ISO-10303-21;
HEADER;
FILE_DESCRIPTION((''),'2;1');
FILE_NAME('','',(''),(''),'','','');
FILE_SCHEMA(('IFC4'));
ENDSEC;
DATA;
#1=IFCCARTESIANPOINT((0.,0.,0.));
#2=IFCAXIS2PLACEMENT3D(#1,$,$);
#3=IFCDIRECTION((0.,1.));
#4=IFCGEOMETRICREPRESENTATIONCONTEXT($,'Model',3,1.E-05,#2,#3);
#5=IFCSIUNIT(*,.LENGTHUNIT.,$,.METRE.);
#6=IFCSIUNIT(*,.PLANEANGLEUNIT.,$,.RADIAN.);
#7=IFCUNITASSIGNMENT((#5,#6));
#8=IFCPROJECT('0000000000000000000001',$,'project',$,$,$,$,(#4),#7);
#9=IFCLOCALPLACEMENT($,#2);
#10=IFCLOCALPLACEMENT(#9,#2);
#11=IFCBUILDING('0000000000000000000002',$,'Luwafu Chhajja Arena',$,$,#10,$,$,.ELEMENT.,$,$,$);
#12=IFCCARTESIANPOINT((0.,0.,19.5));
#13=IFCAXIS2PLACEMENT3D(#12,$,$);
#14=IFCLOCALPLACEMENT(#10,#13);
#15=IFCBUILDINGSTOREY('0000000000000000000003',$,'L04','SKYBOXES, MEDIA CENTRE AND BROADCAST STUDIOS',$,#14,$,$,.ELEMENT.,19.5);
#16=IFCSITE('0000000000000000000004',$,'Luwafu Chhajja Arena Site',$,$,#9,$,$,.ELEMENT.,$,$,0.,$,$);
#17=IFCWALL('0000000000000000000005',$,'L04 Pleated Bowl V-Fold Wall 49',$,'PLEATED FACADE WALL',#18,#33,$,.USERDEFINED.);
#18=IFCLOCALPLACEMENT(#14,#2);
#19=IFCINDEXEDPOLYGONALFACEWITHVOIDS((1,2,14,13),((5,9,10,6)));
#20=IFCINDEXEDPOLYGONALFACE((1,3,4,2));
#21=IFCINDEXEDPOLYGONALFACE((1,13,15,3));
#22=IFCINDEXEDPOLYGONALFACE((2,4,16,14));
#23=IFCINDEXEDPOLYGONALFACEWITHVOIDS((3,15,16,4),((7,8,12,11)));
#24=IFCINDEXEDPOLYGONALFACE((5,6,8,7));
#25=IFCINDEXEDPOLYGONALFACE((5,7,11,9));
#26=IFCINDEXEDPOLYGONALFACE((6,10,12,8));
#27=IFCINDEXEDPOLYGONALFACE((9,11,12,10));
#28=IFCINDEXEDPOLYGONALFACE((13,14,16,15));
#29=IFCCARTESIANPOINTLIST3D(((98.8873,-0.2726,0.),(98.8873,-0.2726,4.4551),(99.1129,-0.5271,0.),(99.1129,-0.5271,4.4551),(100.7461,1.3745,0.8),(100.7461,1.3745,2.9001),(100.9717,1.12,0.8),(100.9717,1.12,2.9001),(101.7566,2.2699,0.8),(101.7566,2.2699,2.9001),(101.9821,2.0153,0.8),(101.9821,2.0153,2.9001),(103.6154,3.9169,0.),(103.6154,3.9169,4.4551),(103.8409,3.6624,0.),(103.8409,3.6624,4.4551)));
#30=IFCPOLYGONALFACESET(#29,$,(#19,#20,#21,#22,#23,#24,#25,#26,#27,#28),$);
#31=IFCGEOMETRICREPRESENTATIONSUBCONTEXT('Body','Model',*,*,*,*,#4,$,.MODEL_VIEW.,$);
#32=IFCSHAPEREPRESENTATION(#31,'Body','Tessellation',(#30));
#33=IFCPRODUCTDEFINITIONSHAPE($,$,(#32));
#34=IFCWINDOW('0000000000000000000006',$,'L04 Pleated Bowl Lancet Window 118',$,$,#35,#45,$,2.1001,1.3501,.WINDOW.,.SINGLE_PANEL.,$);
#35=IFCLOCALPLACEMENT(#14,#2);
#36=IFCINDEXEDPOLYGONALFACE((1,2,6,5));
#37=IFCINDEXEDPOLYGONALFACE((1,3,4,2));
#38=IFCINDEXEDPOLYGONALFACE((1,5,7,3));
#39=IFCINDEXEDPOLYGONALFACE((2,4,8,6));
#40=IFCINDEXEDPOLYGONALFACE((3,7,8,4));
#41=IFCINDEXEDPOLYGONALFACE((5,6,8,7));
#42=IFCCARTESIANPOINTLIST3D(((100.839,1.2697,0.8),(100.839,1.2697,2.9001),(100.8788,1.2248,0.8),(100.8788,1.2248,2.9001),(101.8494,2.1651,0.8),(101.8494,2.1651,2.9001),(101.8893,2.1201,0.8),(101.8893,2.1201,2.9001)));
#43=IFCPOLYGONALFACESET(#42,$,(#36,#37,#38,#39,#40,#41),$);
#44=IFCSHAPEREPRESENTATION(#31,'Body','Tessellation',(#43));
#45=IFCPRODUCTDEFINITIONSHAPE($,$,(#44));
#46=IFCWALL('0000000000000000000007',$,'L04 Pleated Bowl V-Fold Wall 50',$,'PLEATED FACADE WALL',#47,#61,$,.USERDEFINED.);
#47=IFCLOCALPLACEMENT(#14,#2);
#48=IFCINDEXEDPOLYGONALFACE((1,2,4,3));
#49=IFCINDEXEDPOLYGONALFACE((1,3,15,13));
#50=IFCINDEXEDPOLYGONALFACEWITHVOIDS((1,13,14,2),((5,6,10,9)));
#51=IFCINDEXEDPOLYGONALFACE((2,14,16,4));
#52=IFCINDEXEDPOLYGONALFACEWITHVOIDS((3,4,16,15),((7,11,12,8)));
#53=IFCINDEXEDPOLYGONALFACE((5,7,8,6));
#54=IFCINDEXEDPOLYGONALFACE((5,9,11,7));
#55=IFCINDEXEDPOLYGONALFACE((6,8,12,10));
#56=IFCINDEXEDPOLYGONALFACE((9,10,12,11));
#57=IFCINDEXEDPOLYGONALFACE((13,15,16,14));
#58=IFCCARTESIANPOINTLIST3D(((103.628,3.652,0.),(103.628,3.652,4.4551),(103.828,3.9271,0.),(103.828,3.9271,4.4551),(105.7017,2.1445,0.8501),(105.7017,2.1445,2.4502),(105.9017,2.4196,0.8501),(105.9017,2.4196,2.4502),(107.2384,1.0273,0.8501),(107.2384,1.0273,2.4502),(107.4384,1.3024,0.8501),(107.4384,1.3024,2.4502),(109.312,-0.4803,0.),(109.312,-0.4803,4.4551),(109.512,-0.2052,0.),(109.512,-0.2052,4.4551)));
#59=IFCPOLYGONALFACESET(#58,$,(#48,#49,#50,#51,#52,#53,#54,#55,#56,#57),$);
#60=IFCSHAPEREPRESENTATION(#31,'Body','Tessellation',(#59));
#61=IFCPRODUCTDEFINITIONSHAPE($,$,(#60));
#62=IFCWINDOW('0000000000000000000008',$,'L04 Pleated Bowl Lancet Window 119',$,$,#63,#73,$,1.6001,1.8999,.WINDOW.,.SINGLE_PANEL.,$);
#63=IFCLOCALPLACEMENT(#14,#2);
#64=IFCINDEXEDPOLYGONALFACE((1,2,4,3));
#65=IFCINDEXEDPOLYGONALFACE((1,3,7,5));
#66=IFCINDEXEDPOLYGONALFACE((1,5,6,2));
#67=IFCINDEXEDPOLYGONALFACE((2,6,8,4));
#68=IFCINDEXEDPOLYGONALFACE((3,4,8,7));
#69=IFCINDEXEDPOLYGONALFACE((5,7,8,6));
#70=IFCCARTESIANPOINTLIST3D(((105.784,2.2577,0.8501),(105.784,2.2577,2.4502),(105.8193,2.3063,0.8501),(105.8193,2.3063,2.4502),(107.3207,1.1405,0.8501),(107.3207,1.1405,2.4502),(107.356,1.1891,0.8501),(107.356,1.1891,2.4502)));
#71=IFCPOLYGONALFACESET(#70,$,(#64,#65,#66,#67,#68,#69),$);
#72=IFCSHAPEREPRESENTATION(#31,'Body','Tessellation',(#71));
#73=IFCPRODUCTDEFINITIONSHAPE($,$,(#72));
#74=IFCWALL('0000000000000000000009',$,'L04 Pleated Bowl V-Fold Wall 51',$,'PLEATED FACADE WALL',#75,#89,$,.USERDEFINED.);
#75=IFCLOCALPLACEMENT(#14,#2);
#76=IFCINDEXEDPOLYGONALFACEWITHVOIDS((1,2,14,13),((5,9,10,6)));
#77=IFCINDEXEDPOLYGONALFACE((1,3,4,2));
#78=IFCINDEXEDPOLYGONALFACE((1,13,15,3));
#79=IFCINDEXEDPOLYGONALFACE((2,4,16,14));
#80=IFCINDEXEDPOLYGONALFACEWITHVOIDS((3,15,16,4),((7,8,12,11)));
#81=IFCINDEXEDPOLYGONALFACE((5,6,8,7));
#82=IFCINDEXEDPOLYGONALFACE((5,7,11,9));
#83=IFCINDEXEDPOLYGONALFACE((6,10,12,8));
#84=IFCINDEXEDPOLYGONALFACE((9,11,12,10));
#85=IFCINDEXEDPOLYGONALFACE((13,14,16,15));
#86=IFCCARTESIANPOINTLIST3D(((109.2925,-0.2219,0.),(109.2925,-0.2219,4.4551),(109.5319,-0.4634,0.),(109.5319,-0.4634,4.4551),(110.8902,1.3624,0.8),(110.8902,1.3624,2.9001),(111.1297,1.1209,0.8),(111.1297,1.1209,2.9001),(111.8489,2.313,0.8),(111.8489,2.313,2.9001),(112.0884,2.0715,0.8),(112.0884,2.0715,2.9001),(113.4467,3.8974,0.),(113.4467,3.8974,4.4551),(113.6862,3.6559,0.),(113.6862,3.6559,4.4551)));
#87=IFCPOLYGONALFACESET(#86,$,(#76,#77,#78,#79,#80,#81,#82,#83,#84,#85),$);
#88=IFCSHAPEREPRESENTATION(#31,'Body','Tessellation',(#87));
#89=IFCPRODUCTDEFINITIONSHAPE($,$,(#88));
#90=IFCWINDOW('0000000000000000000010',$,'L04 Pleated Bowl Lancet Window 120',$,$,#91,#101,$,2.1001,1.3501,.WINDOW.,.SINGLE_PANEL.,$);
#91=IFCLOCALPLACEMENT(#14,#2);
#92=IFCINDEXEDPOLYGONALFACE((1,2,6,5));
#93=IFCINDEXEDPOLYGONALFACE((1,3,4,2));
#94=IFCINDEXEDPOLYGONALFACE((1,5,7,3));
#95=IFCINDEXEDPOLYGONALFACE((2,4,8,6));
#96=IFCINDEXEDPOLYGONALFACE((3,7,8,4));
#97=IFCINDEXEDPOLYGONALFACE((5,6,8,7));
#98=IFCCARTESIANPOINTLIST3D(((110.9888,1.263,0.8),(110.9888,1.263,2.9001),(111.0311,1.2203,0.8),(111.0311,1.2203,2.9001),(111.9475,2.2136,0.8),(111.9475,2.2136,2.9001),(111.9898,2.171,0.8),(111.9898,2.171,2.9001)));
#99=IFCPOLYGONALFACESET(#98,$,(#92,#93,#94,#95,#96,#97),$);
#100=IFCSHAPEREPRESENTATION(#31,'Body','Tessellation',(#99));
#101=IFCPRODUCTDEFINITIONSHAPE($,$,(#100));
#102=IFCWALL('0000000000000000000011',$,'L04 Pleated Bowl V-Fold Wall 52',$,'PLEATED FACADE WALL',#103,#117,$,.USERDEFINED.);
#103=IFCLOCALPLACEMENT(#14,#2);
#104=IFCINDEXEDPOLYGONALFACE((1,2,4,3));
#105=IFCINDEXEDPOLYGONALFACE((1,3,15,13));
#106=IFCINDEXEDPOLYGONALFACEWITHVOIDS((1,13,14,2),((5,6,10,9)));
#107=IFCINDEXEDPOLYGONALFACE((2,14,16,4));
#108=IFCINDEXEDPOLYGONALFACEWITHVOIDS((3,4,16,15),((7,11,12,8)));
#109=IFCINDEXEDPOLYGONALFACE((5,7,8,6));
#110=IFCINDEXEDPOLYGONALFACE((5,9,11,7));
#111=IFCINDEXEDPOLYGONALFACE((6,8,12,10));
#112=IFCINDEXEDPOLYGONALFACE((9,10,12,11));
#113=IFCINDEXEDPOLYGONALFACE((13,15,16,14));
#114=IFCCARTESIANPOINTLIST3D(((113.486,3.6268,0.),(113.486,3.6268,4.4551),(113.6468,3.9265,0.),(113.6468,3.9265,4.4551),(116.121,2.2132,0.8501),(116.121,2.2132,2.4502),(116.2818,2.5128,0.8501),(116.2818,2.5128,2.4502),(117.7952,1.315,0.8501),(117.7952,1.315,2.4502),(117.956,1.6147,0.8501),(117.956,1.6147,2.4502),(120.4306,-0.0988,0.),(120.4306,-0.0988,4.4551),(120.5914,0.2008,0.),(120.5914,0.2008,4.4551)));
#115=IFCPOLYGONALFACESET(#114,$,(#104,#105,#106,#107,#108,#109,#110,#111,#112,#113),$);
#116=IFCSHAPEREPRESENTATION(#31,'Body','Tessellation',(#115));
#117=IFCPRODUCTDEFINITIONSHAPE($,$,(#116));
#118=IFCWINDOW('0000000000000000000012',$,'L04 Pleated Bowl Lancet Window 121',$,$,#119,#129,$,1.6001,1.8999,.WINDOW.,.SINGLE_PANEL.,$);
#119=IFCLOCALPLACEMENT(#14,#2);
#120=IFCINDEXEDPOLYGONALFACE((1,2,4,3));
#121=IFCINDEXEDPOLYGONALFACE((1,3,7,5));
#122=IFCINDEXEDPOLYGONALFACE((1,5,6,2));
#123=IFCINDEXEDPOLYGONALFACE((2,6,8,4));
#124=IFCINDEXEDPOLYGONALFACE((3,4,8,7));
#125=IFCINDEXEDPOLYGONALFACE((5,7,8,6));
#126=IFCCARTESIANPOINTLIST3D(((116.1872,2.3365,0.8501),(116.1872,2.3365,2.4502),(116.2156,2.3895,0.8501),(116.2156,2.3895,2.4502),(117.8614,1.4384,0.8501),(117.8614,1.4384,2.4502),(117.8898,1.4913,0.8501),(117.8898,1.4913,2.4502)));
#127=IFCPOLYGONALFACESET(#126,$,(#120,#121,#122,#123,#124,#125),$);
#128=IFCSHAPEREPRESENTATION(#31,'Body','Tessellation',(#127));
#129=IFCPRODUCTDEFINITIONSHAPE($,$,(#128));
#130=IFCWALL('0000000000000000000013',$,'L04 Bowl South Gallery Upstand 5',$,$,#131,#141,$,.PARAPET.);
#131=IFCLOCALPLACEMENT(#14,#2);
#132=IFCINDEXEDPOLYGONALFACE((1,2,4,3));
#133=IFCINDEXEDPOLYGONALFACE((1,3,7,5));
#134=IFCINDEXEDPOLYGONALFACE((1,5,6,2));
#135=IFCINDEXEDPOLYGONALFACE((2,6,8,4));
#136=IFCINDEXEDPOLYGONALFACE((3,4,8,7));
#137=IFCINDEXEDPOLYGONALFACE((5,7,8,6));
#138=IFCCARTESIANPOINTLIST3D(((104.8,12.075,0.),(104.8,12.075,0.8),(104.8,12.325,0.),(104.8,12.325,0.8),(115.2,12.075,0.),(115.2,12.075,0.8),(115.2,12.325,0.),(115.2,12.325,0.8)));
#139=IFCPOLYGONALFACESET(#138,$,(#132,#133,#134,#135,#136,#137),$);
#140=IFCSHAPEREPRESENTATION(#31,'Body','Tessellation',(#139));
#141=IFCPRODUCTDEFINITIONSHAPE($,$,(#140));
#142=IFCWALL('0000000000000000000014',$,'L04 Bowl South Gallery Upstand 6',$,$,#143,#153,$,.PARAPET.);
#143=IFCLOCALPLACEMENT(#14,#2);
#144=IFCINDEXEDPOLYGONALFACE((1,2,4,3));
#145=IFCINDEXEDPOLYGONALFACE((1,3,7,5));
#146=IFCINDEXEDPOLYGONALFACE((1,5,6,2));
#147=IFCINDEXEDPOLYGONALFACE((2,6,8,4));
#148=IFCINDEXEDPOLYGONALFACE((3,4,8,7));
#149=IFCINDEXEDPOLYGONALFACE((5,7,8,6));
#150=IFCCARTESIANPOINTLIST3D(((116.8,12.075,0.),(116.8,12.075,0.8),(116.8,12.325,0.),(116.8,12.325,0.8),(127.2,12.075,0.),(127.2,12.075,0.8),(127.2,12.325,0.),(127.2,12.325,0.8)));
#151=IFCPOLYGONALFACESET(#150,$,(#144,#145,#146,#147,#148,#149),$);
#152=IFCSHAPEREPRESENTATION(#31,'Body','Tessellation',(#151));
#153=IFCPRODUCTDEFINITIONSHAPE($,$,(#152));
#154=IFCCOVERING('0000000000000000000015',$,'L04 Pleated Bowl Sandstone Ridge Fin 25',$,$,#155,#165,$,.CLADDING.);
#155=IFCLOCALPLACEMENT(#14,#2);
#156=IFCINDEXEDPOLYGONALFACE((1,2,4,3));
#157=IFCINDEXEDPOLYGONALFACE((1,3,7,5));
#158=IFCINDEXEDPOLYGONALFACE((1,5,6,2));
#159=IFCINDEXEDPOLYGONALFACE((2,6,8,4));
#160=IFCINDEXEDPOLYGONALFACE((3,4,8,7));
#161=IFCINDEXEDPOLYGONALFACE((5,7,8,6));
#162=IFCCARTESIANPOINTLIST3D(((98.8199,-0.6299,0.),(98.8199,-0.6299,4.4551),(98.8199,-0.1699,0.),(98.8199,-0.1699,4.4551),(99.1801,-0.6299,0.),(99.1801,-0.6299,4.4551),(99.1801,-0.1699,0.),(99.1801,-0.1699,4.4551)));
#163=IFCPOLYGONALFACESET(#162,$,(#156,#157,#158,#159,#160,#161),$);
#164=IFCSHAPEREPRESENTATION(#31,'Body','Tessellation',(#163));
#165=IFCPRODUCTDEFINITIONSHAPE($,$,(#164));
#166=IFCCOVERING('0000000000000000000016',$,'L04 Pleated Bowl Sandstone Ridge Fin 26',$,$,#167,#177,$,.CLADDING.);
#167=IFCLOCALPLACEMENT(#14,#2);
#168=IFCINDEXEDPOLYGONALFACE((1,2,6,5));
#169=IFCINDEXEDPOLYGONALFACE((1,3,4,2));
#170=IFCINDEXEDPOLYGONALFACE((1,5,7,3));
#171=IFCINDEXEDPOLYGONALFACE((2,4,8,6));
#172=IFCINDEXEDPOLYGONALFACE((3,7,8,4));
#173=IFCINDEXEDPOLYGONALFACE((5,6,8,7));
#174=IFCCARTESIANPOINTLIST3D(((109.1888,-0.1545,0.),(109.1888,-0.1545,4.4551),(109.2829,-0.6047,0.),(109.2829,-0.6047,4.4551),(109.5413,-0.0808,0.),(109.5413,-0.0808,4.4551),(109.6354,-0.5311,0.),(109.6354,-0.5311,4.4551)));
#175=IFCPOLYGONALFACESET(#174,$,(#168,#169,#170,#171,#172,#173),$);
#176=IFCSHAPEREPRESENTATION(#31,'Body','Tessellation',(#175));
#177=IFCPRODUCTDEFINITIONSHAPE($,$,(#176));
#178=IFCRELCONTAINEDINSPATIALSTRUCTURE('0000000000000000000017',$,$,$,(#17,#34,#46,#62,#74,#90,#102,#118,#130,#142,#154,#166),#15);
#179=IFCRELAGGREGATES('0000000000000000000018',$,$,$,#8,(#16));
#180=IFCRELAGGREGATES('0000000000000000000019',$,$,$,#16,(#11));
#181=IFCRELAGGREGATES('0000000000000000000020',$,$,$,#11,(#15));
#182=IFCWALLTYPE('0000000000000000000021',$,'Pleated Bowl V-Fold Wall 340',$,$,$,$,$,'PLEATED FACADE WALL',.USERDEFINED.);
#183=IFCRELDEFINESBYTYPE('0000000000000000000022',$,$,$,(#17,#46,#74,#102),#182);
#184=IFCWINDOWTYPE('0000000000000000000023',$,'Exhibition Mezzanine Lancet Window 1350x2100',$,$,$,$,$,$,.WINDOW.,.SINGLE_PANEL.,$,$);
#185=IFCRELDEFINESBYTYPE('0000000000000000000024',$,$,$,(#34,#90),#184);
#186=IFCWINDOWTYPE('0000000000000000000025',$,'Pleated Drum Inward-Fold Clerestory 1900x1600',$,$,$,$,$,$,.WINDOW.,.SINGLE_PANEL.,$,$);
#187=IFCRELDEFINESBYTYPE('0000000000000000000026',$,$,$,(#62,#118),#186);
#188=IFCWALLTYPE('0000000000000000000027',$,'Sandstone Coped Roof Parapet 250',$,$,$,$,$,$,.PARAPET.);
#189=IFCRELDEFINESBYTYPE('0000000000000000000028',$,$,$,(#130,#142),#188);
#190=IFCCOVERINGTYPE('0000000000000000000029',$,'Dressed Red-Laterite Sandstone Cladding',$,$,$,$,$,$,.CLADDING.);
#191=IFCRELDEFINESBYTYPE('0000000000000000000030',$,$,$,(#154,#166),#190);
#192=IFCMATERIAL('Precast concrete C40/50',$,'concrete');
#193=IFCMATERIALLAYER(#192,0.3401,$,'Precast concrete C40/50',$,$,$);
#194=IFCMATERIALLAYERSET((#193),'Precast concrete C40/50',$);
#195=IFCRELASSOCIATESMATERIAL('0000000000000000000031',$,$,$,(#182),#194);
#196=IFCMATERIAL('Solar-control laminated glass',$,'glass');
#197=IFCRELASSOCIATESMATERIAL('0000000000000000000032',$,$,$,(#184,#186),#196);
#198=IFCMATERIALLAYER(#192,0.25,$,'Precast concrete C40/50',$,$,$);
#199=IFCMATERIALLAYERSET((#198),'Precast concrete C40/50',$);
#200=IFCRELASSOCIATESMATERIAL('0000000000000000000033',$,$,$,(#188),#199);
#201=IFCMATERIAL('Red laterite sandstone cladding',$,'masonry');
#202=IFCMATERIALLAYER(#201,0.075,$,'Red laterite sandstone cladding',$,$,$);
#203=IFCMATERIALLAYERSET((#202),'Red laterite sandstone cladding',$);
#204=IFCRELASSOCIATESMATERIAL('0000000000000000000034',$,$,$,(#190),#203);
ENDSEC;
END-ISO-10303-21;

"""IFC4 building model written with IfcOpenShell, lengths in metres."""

from ifc_helpers import new_model, si_unit, direction, frame, frame_2d, origin, origin_2d, place, context, subcontext, project, spatial, rectangle, extrude, material, layer, layer_set, type_object, element, fill, save


model = new_model("IFC4")

# Units and contexts
model_context = context("Model", 3, precision=1e-05, world=origin(), true_north=direction((0.0, 1.0)))
body_context = subcontext(model_context, "Body", "Model", "MODEL_VIEW")
ifc_project = project(units=[si_unit("LENGTHUNIT", "METRE"), si_unit("PLANEANGLEUNIT", "RADIAN")], contexts=[model_context])

# Site, building, storey
site_placement = place(None, origin())
site = spatial("IfcSite", under=ifc_project, at=site_placement, Name="Luwafu Chhajja Arena Site", CompositionType="ELEMENT", RefElevation=0.0)
building_placement = place(site_placement, origin())
building = spatial("IfcBuilding", under=site, at=building_placement, Name="Luwafu Chhajja Arena", CompositionType="ELEMENT")
storey_placement = place(building_placement, frame((0.0, 0.0, 19.5)))
storey = spatial("IfcBuildingStorey", under=building, at=storey_placement, Name="L04", Description="SKYBOXES, MEDIA CENTRE AND BROADCAST STUDIOS", CompositionType="ELEMENT", Elevation=19.5)

# Walls, openings, windows
ifc_material_1 = material(Name="Precast concrete C40/50", Category="concrete")
ifc_layer_1 = layer(ifc_material_1, 0.3401, Name="Precast concrete C40/50")
ifc_layer_set_1 = layer_set([ifc_layer_1], Name="Precast concrete C40/50")
wall_type_1 = type_object("IfcWallType", Name="Pleated Bowl V-Fold Wall 340", ElementType="PLEATED FACADE WALL", PredefinedType="USERDEFINED", material=ifc_layer_set_1)
wall_1_placement = place(storey_placement, frame((99.0, -0.3999, 0.0), z_axis=(0.0, 0.0, 1.0), x_axis=(0.748449, 0.663192, 0.0)))
wall_1 = element("IfcWall", 1, at=wall_1_placement, inside=storey, type_object=wall_type_1, Name="L04 Pleated Bowl V-Fold Wall 49", ObjectType="PLEATED FACADE WALL", PredefinedType="USERDEFINED", context=body_context, shape_type="SweptSolid", body=[
    extrude(rectangle(XDim=6.3171, YDim=0.3401, at=frame_2d((3.1587, 0.0))), origin(), (0.0, 0.0, 1.0), 4.4551),
])
opening_1_placement = place(wall_1_placement, frame((2.4836, 0.0, 0.8)))
opening_1 = element("IfcOpeningElement", 2, at=opening_1_placement, cuts=wall_1, PredefinedType="OPENING", context=body_context, shape_type="SweptSolid", body=[
    extrude(rectangle(XDim=1.3501, YDim=2.1001, at=frame_2d((0.675, 1.05))), frame((0.0, 0.1799, 0.0), z_axis=(0.0, -1.0, 0.0), x_axis=(1.0, 0.0, 0.0)), (0.0, 0.0, 1.0), 0.3601),
])
ifc_material_2 = material(Name="Solar-control laminated glass", Category="glass")
window_type_1 = type_object("IfcWindowType", Name="Exhibition Mezzanine Lancet Window 1350x2100", PartitioningType="SINGLE_PANEL", PredefinedType="WINDOW", material=ifc_material_2)
window_1_placement = place(opening_1_placement, origin())
window_1 = element("IfcWindow", 3, at=window_1_placement, inside=storey, type_object=window_type_1, Name="L04 Pleated Bowl Lancet Window 118", OverallHeight=2.1001, OverallWidth=1.3501, PartitioningType="SINGLE_PANEL", PredefinedType="WINDOW", context=body_context, shape_type="SweptSolid", body=[
    extrude(rectangle(XDim=1.3501, YDim=2.1001, at=frame_2d((0.675, 1.05))), frame((0.0, 0.03, 0.0), z_axis=(0.0, -1.0, 0.0), x_axis=(1.0, 0.0, 0.0)), (0.0, 0.0, 1.0), 0.0601),
])
fill(opening_1, window_1)
wall_2_placement = place(storey_placement, frame((103.728, 3.7896, 0.0), z_axis=(0.0, 0.0, 1.0), x_axis=(0.808841, -0.588027, 0.0)))
wall_2 = element("IfcWall", 4, at=wall_2_placement, inside=storey, type_object=wall_type_1, Name="L04 Pleated Bowl V-Fold Wall 50", ObjectType="PLEATED FACADE WALL", PredefinedType="USERDEFINED", context=body_context, shape_type="SweptSolid", body=[
    extrude(rectangle(XDim=7.0273, YDim=0.3401, at=frame_2d((3.5137, 0.0))), origin(), (0.0, 0.0, 1.0), 4.4551),
])
opening_2_placement = place(wall_2_placement, frame((2.5637, 0.0, 0.8501)))
opening_2 = element("IfcOpeningElement", 5, at=opening_2_placement, cuts=wall_2, PredefinedType="OPENING", context=body_context, shape_type="SweptSolid", body=[
    extrude(rectangle(XDim=1.8999, YDim=1.6001, at=frame_2d((0.95, 0.8))), frame((0.0, 0.1799, 0.0), z_axis=(0.0, -1.0, 0.0), x_axis=(1.0, 0.0, 0.0)), (0.0, 0.0, 1.0), 0.3601),
])
window_type_2 = type_object("IfcWindowType", Name="Pleated Drum Inward-Fold Clerestory 1900x1600", PartitioningType="SINGLE_PANEL", PredefinedType="WINDOW", material=ifc_material_2)
window_2_placement = place(opening_2_placement, origin())
window_2 = element("IfcWindow", 6, at=window_2_placement, inside=storey, type_object=window_type_2, Name="L04 Pleated Bowl Lancet Window 119", OverallHeight=1.6001, OverallWidth=1.8999, PartitioningType="SINGLE_PANEL", PredefinedType="WINDOW", context=body_context, shape_type="SweptSolid", body=[
    extrude(rectangle(XDim=1.8999, YDim=1.6001, at=frame_2d((0.95, 0.8))), frame((0.0, 0.03, 0.0), z_axis=(0.0, -1.0, 0.0), x_axis=(1.0, 0.0, 0.0)), (0.0, 0.0, 1.0), 0.0601),
])
fill(opening_2, window_2)
wall_3_placement = place(storey_placement, frame((109.4121, -0.3428, 0.0), z_axis=(0.0, 0.0, 1.0), x_axis=(0.710084, 0.704117, 0.0)))
wall_3 = element("IfcWall", 7, at=wall_3_placement, inside=storey, type_object=wall_type_1, Name="L04 Pleated Bowl V-Fold Wall 51", ObjectType="PLEATED FACADE WALL", PredefinedType="USERDEFINED", context=body_context, shape_type="SweptSolid", body=[
    extrude(rectangle(XDim=5.8503, YDim=0.3401, at=frame_2d((2.9253, 0.0))), origin(), (0.0, 0.0, 1.0), 4.4551),
])
opening_3_placement = place(wall_3_placement, frame((2.2502, 0.0, 0.8)))
opening_3 = element("IfcOpeningElement", 8, at=opening_3_placement, cuts=wall_3, PredefinedType="OPENING", context=body_context, shape_type="SweptSolid", body=[
    extrude(rectangle(XDim=1.3501, YDim=2.1001, at=frame_2d((0.675, 1.05))), frame((0.0, 0.1799, 0.0), z_axis=(0.0, -1.0, 0.0), x_axis=(1.0, 0.0, 0.0)), (0.0, 0.0, 1.0), 0.3601),
])
window_3_placement = place(opening_3_placement, origin())
window_3 = element("IfcWindow", 9, at=window_3_placement, inside=storey, type_object=window_type_1, Name="L04 Pleated Bowl Lancet Window 120", OverallHeight=2.1001, OverallWidth=1.3501, PartitioningType="SINGLE_PANEL", PredefinedType="WINDOW", context=body_context, shape_type="SweptSolid", body=[
    extrude(rectangle(XDim=1.3501, YDim=2.1001, at=frame_2d((0.675, 1.05))), frame((0.0, 0.03, 0.0), z_axis=(0.0, -1.0, 0.0), x_axis=(1.0, 0.0, 0.0)), (0.0, 0.0, 1.0), 0.0601),
])
fill(opening_3, window_3)
wall_4_placement = place(storey_placement, frame((113.5664, 3.7766, 0.0), z_axis=(0.0, 0.0, 1.0), x_axis=(0.881201, -0.472741, 0.0)))
wall_4 = element("IfcWall", 10, at=wall_4_placement, inside=storey, type_object=wall_type_1, Name="L04 Pleated Bowl V-Fold Wall 52", ObjectType="PLEATED FACADE WALL", PredefinedType="USERDEFINED", context=body_context, shape_type="SweptSolid", body=[
    extrude(rectangle(XDim=7.8809, YDim=0.3401, at=frame_2d((3.9404, 0.0))), origin(), (0.0, 0.0, 1.0), 4.4551),
])
opening_4_placement = place(wall_4_placement, frame((2.9902, 0.0, 0.8501)))
opening_4 = element("IfcOpeningElement", 11, at=opening_4_placement, cuts=wall_4, PredefinedType="OPENING", context=body_context, shape_type="SweptSolid", body=[
    extrude(rectangle(XDim=1.8999, YDim=1.6001, at=frame_2d((0.95, 0.8))), frame((0.0, 0.1799, 0.0), z_axis=(0.0, -1.0, 0.0), x_axis=(1.0, 0.0, 0.0)), (0.0, 0.0, 1.0), 0.3601),
])
window_4_placement = place(opening_4_placement, origin())
window_4 = element("IfcWindow", 12, at=window_4_placement, inside=storey, type_object=window_type_2, Name="L04 Pleated Bowl Lancet Window 121", OverallHeight=1.6001, OverallWidth=1.8999, PartitioningType="SINGLE_PANEL", PredefinedType="WINDOW", context=body_context, shape_type="SweptSolid", body=[
    extrude(rectangle(XDim=1.8999, YDim=1.6001, at=frame_2d((0.95, 0.8))), frame((0.0, 0.03, 0.0), z_axis=(0.0, -1.0, 0.0), x_axis=(1.0, 0.0, 0.0)), (0.0, 0.0, 1.0), 0.0601),
])
fill(opening_4, window_4)

# Walls
ifc_layer_2 = layer(ifc_material_1, 0.25, Name="Precast concrete C40/50")
ifc_layer_set_2 = layer_set([ifc_layer_2], Name="Precast concrete C40/50")
wall_type_2 = type_object("IfcWallType", Name="Sandstone Coped Roof Parapet 250", PredefinedType="PARAPET", material=ifc_layer_set_2)
for number, where, z_axis, x_axis, name in (
    (13, (104.8, 12.2, 0.0), (0.0, 0.0, 1.0), (1.0, 0.0, 0.0), "L04 Bowl South Gallery Upstand 5"),
    (14, (116.8, 12.2, 0.0), (0.0, 0.0, 1.0), (1.0, 0.0, 0.0), "L04 Bowl South Gallery Upstand 6"),
):
    element("IfcWall", number, at=place(storey_placement, frame(where, z_axis=z_axis, x_axis=x_axis)), inside=storey, type_object=wall_type_2, Name=name, PredefinedType="PARAPET", context=body_context, shape_type="SweptSolid", body=[
        extrude(rectangle(XDim=10.3999, YDim=0.25, at=frame_2d((5.2, 0.0))), origin(), (0.0, 0.0, 1.0), 0.8),
    ])

# Coverings
ifc_material_3 = material(Name="Red laterite sandstone cladding", Category="masonry")
ifc_layer_3 = layer(ifc_material_3, 0.075, Name="Red laterite sandstone cladding")
ifc_layer_set_3 = layer_set([ifc_layer_3], Name="Red laterite sandstone cladding")
covering_type = type_object("IfcCoveringType", Name="Dressed Red-Laterite Sandstone Cladding", PredefinedType="CLADDING", material=ifc_layer_set_3)
for number, where, z_axis, x_axis, name in (
    (15, (99.0, -0.3999, 0.0), (0.0, 0.0, 1.0), (0.0, -1.0, 0.0), "L04 Pleated Bowl Sandstone Ridge Fin 25"),
    (16, (109.4121, -0.3428, 0.0), (0.0, 0.0, 1.0), (0.204485, -0.97887, 0.0), "L04 Pleated Bowl Sandstone Ridge Fin 26"),
):
    element("IfcCovering", number, at=place(storey_placement, frame(where, z_axis=z_axis, x_axis=x_axis)), inside=storey, type_object=covering_type, Name=name, PredefinedType="CLADDING", context=body_context, shape_type="SweptSolid", body=[
        extrude(rectangle(XDim=0.46, YDim=0.3601, at=origin_2d()), origin(), (0.0, 0.0, 1.0), 4.4551),
    ])

save(model, "model.ifc")
